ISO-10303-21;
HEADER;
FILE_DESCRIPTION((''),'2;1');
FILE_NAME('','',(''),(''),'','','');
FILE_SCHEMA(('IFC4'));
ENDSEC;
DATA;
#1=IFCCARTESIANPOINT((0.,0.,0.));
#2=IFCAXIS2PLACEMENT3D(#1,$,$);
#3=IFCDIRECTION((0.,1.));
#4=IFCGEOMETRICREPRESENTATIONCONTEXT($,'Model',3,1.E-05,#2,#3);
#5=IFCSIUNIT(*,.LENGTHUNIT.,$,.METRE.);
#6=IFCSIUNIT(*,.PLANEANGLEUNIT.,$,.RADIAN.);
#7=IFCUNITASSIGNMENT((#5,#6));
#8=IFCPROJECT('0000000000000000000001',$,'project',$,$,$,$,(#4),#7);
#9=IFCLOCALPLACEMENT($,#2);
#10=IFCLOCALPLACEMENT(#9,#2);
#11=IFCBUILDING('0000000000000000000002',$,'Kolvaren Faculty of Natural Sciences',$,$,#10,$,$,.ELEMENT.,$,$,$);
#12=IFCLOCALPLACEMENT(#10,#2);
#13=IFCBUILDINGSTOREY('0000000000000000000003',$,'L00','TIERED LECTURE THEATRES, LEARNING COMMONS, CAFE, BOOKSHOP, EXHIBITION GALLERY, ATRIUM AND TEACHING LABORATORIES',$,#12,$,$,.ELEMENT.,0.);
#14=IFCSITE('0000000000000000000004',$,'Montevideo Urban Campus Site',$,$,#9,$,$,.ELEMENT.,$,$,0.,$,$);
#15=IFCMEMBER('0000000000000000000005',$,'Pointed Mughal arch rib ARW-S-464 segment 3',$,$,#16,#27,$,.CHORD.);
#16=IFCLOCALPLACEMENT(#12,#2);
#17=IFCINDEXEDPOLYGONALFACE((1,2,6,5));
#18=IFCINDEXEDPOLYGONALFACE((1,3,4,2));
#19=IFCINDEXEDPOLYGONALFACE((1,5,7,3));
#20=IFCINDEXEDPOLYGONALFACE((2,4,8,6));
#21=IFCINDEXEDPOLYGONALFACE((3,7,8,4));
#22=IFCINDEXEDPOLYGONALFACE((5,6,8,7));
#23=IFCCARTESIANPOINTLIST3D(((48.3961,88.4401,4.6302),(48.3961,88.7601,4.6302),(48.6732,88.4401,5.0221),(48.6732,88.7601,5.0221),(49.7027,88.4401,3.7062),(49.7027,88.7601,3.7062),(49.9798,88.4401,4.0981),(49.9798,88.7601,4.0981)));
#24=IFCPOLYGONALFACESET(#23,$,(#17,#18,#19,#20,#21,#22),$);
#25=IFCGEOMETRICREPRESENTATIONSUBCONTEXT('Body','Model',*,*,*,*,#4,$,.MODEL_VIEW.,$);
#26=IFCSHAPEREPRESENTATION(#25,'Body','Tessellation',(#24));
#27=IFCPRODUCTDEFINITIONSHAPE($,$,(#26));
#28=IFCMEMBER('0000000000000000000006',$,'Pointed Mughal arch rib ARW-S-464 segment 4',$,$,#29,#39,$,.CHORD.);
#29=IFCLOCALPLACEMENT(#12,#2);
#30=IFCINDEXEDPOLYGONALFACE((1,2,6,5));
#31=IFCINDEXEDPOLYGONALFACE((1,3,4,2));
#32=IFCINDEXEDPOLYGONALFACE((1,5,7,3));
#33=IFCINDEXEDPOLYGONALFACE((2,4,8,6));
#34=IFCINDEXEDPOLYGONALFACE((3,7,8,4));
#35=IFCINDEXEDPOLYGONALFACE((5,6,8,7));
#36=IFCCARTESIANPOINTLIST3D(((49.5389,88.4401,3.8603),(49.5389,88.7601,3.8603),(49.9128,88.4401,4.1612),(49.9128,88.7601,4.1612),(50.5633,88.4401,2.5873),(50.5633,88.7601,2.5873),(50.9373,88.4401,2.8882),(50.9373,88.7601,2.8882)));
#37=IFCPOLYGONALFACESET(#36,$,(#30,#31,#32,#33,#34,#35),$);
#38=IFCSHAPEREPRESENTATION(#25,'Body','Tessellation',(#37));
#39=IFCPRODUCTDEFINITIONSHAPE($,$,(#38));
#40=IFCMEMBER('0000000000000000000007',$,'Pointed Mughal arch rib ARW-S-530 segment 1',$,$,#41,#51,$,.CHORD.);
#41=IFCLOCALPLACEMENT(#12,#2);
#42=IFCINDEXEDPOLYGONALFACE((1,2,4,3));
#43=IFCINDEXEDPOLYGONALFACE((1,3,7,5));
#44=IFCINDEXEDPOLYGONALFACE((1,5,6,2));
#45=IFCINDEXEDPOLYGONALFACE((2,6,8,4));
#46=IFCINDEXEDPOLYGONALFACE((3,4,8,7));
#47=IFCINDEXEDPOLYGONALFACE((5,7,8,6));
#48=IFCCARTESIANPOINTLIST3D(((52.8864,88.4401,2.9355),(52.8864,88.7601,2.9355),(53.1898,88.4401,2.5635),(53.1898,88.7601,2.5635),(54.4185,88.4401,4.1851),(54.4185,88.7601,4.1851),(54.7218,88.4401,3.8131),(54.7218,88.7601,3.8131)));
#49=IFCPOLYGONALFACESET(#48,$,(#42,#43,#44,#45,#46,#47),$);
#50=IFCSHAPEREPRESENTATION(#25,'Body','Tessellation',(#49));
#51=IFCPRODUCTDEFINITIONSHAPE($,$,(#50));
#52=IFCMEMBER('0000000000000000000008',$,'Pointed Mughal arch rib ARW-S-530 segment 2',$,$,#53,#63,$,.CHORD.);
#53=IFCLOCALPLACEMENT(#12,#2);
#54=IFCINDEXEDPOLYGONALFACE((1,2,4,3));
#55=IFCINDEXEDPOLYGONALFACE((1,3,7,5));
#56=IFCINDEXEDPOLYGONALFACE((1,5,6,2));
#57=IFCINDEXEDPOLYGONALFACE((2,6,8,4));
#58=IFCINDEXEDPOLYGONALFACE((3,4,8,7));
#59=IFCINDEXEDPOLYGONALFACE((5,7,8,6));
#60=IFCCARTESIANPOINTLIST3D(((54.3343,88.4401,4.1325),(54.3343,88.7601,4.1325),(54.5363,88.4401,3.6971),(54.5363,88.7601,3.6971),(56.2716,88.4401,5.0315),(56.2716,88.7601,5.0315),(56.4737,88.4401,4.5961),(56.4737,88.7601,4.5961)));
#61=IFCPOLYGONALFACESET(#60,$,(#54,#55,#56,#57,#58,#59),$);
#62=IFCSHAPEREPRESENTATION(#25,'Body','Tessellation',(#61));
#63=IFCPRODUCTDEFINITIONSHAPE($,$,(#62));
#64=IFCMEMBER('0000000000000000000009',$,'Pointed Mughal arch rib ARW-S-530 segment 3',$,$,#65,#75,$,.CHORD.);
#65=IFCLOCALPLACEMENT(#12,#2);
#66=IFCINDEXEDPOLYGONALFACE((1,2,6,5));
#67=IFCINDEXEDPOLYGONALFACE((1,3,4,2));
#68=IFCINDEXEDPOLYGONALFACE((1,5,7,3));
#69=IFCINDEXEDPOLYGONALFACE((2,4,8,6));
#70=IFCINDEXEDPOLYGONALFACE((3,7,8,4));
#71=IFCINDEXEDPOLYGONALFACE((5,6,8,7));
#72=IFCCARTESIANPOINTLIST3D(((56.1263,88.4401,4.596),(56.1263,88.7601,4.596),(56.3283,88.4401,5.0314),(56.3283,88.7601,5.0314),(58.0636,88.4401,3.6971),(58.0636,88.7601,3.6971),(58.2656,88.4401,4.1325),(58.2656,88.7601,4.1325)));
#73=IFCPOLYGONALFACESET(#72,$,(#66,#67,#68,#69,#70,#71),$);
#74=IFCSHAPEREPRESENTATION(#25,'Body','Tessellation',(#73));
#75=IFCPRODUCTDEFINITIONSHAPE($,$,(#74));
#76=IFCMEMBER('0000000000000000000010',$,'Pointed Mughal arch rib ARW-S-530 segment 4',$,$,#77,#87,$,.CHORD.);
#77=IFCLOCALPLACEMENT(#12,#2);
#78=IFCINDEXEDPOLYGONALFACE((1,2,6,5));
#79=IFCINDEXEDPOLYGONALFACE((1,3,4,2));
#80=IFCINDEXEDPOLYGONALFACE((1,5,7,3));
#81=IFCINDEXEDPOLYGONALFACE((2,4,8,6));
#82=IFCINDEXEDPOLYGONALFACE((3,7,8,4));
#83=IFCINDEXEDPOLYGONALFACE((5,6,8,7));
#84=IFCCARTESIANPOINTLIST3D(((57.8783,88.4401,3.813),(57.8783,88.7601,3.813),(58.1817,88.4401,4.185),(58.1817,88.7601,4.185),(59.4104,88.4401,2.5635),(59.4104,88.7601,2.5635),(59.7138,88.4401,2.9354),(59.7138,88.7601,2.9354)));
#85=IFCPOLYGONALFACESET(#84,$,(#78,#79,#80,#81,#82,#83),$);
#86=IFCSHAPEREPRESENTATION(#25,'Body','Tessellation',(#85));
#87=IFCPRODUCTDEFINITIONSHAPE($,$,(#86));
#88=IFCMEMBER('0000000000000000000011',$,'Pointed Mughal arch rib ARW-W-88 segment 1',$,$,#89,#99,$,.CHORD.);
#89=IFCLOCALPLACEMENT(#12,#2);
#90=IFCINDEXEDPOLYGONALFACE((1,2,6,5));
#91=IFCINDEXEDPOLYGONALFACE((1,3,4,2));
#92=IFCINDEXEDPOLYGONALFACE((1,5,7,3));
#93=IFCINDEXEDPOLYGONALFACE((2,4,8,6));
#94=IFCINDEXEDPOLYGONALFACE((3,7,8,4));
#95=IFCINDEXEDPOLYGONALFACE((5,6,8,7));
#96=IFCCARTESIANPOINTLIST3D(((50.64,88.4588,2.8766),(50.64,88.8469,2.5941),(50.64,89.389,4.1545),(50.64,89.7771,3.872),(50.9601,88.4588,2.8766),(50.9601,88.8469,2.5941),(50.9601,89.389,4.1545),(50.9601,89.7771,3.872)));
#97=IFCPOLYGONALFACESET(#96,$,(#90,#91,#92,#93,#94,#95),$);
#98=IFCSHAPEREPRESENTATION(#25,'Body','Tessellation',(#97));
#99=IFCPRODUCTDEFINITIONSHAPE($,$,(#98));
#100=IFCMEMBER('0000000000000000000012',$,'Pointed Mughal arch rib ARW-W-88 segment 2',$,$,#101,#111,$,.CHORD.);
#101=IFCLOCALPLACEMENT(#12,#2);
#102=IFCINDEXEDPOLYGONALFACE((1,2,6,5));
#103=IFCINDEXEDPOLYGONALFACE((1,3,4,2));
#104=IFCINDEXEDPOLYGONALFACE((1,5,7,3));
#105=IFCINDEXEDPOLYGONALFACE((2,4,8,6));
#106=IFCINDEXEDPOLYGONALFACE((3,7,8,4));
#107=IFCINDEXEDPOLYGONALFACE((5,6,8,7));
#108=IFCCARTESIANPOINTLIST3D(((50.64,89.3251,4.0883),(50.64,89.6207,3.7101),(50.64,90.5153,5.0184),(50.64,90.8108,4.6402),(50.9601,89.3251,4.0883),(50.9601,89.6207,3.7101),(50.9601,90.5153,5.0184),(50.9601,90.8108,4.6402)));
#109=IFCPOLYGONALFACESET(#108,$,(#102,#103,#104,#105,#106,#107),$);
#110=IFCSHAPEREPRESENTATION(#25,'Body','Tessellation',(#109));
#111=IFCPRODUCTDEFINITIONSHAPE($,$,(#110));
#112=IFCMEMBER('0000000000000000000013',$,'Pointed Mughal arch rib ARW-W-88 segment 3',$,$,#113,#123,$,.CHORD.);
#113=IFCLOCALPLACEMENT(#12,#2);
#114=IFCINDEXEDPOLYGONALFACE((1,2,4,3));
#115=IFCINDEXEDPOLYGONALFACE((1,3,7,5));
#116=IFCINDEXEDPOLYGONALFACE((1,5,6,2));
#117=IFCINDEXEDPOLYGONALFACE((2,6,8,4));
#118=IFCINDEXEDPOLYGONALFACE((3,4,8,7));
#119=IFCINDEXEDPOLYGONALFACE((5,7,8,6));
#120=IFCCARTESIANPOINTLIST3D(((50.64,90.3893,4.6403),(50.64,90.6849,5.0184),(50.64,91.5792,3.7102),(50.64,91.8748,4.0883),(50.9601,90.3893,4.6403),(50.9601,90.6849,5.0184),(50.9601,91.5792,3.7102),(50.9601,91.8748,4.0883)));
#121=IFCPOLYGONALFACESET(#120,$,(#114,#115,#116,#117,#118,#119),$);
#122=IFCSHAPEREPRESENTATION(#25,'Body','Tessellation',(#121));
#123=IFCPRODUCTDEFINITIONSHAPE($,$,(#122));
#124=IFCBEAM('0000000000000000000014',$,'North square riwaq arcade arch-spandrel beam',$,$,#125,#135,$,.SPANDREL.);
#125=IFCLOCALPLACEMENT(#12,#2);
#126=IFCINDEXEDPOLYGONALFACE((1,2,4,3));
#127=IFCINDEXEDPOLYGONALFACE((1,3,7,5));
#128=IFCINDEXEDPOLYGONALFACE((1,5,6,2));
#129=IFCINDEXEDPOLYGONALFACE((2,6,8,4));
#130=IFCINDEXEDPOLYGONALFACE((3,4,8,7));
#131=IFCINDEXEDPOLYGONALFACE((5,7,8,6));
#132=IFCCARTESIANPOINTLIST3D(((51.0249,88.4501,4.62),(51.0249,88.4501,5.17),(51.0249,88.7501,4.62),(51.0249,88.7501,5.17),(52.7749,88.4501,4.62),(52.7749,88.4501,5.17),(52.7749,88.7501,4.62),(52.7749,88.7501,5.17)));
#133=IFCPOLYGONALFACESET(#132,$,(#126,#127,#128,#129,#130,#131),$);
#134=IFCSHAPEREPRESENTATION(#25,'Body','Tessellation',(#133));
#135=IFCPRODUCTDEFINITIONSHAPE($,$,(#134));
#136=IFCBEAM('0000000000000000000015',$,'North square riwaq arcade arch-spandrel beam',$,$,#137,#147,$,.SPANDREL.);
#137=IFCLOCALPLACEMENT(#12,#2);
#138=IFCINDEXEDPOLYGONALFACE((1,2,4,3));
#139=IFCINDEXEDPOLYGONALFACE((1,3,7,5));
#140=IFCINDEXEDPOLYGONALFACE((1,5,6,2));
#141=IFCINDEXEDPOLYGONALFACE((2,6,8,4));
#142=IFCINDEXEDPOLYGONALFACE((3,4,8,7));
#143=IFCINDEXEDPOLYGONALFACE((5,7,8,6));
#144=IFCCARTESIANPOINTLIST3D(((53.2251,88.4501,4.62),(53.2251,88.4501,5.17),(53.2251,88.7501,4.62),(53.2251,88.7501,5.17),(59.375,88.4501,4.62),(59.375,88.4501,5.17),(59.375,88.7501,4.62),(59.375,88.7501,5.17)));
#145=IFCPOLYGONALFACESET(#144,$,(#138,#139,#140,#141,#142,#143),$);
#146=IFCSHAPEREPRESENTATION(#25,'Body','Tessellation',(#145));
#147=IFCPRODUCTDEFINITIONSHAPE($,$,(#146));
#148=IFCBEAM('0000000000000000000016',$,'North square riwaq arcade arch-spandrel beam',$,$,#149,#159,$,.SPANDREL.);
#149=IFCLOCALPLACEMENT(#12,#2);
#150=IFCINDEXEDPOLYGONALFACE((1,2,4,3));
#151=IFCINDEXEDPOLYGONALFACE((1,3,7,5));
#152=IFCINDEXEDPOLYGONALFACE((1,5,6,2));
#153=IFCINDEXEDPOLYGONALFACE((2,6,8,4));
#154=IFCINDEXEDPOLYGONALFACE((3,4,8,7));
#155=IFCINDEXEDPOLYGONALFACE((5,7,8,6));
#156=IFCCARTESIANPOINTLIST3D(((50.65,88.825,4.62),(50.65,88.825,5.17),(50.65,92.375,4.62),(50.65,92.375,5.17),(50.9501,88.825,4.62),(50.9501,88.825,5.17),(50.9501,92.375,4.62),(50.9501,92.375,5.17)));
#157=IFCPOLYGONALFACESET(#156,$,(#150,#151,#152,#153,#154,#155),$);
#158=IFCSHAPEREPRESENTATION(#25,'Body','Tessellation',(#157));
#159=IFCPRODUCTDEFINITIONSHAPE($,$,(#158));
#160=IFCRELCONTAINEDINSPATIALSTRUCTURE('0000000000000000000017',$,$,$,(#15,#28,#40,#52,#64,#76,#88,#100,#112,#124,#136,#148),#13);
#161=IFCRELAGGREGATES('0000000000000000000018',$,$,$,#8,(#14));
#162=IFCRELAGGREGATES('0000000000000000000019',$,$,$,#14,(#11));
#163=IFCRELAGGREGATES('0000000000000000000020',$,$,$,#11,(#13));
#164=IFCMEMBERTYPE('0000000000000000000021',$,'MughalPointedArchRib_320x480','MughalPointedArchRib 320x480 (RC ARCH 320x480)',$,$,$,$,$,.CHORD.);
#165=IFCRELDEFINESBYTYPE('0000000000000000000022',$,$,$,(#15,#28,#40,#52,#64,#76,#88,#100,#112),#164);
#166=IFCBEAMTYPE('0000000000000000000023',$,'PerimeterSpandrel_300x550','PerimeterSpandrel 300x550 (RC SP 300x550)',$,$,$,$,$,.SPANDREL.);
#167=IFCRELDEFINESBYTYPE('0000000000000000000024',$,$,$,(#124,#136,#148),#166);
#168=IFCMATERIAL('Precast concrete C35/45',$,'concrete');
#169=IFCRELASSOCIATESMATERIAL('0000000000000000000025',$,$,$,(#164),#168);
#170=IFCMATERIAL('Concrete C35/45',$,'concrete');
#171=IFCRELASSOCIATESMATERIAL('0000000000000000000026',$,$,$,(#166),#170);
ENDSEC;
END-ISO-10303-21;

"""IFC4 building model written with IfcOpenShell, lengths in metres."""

from ifc_helpers import new_model, si_unit, direction, frame, origin, origin_2d, place, context, subcontext, project, spatial, rectangle, extrude, material, material_profile, profile_set, type_object, element, save


model = new_model("IFC4")

# Units and contexts
model_context = context("Model", 3, precision=1e-05, world=origin(), true_north=direction((0.0, 1.0)))
body_context = subcontext(model_context, "Body", "Model", "MODEL_VIEW")
ifc_project = project(units=[si_unit("LENGTHUNIT", "METRE"), si_unit("PLANEANGLEUNIT", "RADIAN")], contexts=[model_context])

# Site, building, storey
site_placement = place(None, origin())
site = spatial("IfcSite", under=ifc_project, at=site_placement, Name="Montevideo Urban Campus Site", CompositionType="ELEMENT", RefElevation=0.0)
building_placement = place(site_placement, origin())
building = spatial("IfcBuilding", under=site, at=building_placement, Name="Kolvaren Faculty of Natural Sciences", CompositionType="ELEMENT")
storey_placement = place(building_placement, origin())
storey = spatial("IfcBuildingStorey", under=building, at=storey_placement, Name="L00", Description="TIERED LECTURE THEATRES, LEARNING COMMONS, CAFE, BOOKSHOP, EXHIBITION GALLERY, ATRIUM AND TEACHING LABORATORIES", CompositionType="ELEMENT", Elevation=0.0)

# Shared definitions
ifc_material_1 = material(Name="Concrete C35/45", Category="concrete")

# Members
ifc_material_2 = material(Name="Precast concrete C35/45", Category="concrete")
ifc_material_profile_1 = material_profile(ifc_material_2, rectangle(XDim=0.3201, YDim=0.48, at=origin_2d()), Name="RC ARCH 320x480")
ifc_profile_set_1 = profile_set([ifc_material_profile_1], Name="Precast concrete C35/45")
member_type = type_object("IfcMemberType", Name="MughalPointedArchRib_320x480", Description="MughalPointedArchRib 320x480 (RC ARCH 320x480)", PredefinedType="CHORD", material=ifc_profile_set_1)
member_1_placement = place(storey_placement, frame((48.5347, 88.6001, 4.8262), z_axis=(0.816456, 0.0, -0.577408), x_axis=(0.0, 1.0, 0.0)))
element("IfcMember", 1, at=member_1_placement, inside=storey, type_object=member_type, Name="Pointed Mughal arch rib ARW-S-464 segment 3", PredefinedType="CHORD", context=body_context, shape_type="SweptSolid", body=[
    extrude(rectangle(XDim=0.3201, YDim=0.48, at=origin_2d()), origin(), (0.0, 0.0, 1.0), 1.6003),
])
member_2_placement = place(storey_placement, frame((49.7258, 88.6001, 4.0107), z_axis=(0.626952, 0.0, -0.779058), x_axis=(0.0, 1.0, 0.0)))
element("IfcMember", 2, at=member_2_placement, inside=storey, type_object=member_type, Name="Pointed Mughal arch rib ARW-S-464 segment 4", PredefinedType="CHORD", context=body_context, shape_type="SweptSolid", body=[
    extrude(rectangle(XDim=0.3201, YDim=0.48, at=origin_2d()), origin(), (0.0, 0.0, 1.0), 1.634),
])
member_3_placement = place(storey_placement, frame((53.0381, 88.6001, 2.7495), z_axis=(0.77493, 0.0, 0.632047), x_axis=(0.0, 1.0, 0.0)))
element("IfcMember", 3, at=member_3_placement, inside=storey, type_object=member_type, Name="Pointed Mughal arch rib ARW-S-530 segment 1", PredefinedType="CHORD", context=body_context, shape_type="SweptSolid", body=[
    extrude(rectangle(XDim=0.3201, YDim=0.48, at=origin_2d()), origin(), (0.0, 0.0, 1.0), 1.9771),
])
for number, where, z_axis, x_axis, name in (
    (4, (54.4353, 88.6001, 3.9148), (0.907101, 0.0, 0.420913), (0.0, 1.0, 0.0), "Pointed Mughal arch rib ARW-S-530 segment 2"),
    (5, (56.2273, 88.6001, 4.8137), (0.907101, 0.0, -0.420913), (0.0, 1.0, 0.0), "Pointed Mughal arch rib ARW-S-530 segment 3"),
):
    element("IfcMember", number, at=place(storey_placement, frame(where, z_axis=z_axis, x_axis=x_axis)), inside=storey, type_object=member_type, Name=name, PredefinedType="CHORD", context=body_context, shape_type="SweptSolid", body=[
        extrude(rectangle(XDim=0.3201, YDim=0.48, at=origin_2d()), origin(), (0.0, 0.0, 1.0), 2.1357),
    ])
member_4_placement = place(storey_placement, frame((58.03, 88.6001, 3.999), z_axis=(0.77493, 0.0, -0.632047), x_axis=(0.0, 1.0, 0.0)))
element("IfcMember", 6, at=member_4_placement, inside=storey, type_object=member_type, Name="Pointed Mughal arch rib ARW-S-530 segment 4", PredefinedType="CHORD", context=body_context, shape_type="SweptSolid", body=[
    extrude(rectangle(XDim=0.3201, YDim=0.48, at=origin_2d()), origin(), (0.0, 0.0, 1.0), 1.9771),
])
member_5_placement = place(storey_placement, frame((50.8, 88.6528, 2.7354), z_axis=(0.0, 0.588521, 0.808482), x_axis=(-1.0, 0.0, 0.0)))
element("IfcMember", 7, at=member_5_placement, inside=storey, type_object=member_type, Name="Pointed Mughal arch rib ARW-W-88 segment 1", PredefinedType="CHORD", context=body_context, shape_type="SweptSolid", body=[
    extrude(rectangle(XDim=0.3201, YDim=0.48, at=origin_2d()), origin(), (0.0, 0.0, 1.0), 1.5806),
])
member_6_placement = place(storey_placement, frame((50.8, 89.4729, 3.8992), z_axis=(0.0, 0.787914, 0.615785), x_axis=(-1.0, 0.0, 0.0)))
element("IfcMember", 8, at=member_6_placement, inside=storey, type_object=member_type, Name="Pointed Mughal arch rib ARW-W-88 segment 2", PredefinedType="CHORD", context=body_context, shape_type="SweptSolid", body=[
    extrude(rectangle(XDim=0.3201, YDim=0.48, at=origin_2d()), origin(), (0.0, 0.0, 1.0), 1.5105),
])
member_7_placement = place(storey_placement, frame((50.8, 90.5371, 4.8293), z_axis=(0.0, 0.787853, -0.615864), x_axis=(-1.0, 0.0, 0.0)))
element("IfcMember", 9, at=member_7_placement, inside=storey, type_object=member_type, Name="Pointed Mughal arch rib ARW-W-88 segment 3", PredefinedType="CHORD", context=body_context, shape_type="SweptSolid", body=[
    extrude(rectangle(XDim=0.3201, YDim=0.48, at=origin_2d()), origin(), (0.0, 0.0, 1.0), 1.5103),
])

# Beams
ifc_material_profile_2 = material_profile(ifc_material_1, rectangle(XDim=0.3, YDim=0.55, at=origin_2d()), Name="RC SP 300x550")
ifc_profile_set_2 = profile_set([ifc_material_profile_2], Name="Concrete C35/45")
beam_type = type_object("IfcBeamType", Name="PerimeterSpandrel_300x550", Description="PerimeterSpandrel 300x550 (RC SP 300x550)", PredefinedType="SPANDREL", material=ifc_profile_set_2)
beam_1_placement = place(storey_placement, frame((51.0249, 88.6001, 4.895), z_axis=(1.0, 0.0, 0.0), x_axis=(0.0, 1.0, 0.0)))
element("IfcBeam", 10, at=beam_1_placement, inside=storey, type_object=beam_type, Name="North square riwaq arcade arch-spandrel beam", PredefinedType="SPANDREL", context=body_context, shape_type="SweptSolid", body=[
    extrude(rectangle(XDim=0.3, YDim=0.55, at=origin_2d()), origin(), (0.0, 0.0, 1.0), 1.75),
])
beam_2_placement = place(storey_placement, frame((53.2251, 88.6001, 4.895), z_axis=(1.0, 0.0, 0.0), x_axis=(0.0, 1.0, 0.0)))
element("IfcBeam", 11, at=beam_2_placement, inside=storey, type_object=beam_type, Name="North square riwaq arcade arch-spandrel beam", PredefinedType="SPANDREL", context=body_context, shape_type="SweptSolid", body=[
    extrude(rectangle(XDim=0.3, YDim=0.55, at=origin_2d()), origin(), (0.0, 0.0, 1.0), 6.1499),
])
beam_3_placement = place(storey_placement, frame((50.8, 88.825, 4.895), z_axis=(0.0, 1.0, 0.0), x_axis=(-1.0, 0.0, 0.0)))
element("IfcBeam", 12, at=beam_3_placement, inside=storey, type_object=beam_type, Name="North square riwaq arcade arch-spandrel beam", PredefinedType="SPANDREL", context=body_context, shape_type="SweptSolid", body=[
    extrude(rectangle(XDim=0.3, YDim=0.55, at=origin_2d()), origin(), (0.0, 0.0, 1.0), 3.55),
])

save(model, "model.ifc")
